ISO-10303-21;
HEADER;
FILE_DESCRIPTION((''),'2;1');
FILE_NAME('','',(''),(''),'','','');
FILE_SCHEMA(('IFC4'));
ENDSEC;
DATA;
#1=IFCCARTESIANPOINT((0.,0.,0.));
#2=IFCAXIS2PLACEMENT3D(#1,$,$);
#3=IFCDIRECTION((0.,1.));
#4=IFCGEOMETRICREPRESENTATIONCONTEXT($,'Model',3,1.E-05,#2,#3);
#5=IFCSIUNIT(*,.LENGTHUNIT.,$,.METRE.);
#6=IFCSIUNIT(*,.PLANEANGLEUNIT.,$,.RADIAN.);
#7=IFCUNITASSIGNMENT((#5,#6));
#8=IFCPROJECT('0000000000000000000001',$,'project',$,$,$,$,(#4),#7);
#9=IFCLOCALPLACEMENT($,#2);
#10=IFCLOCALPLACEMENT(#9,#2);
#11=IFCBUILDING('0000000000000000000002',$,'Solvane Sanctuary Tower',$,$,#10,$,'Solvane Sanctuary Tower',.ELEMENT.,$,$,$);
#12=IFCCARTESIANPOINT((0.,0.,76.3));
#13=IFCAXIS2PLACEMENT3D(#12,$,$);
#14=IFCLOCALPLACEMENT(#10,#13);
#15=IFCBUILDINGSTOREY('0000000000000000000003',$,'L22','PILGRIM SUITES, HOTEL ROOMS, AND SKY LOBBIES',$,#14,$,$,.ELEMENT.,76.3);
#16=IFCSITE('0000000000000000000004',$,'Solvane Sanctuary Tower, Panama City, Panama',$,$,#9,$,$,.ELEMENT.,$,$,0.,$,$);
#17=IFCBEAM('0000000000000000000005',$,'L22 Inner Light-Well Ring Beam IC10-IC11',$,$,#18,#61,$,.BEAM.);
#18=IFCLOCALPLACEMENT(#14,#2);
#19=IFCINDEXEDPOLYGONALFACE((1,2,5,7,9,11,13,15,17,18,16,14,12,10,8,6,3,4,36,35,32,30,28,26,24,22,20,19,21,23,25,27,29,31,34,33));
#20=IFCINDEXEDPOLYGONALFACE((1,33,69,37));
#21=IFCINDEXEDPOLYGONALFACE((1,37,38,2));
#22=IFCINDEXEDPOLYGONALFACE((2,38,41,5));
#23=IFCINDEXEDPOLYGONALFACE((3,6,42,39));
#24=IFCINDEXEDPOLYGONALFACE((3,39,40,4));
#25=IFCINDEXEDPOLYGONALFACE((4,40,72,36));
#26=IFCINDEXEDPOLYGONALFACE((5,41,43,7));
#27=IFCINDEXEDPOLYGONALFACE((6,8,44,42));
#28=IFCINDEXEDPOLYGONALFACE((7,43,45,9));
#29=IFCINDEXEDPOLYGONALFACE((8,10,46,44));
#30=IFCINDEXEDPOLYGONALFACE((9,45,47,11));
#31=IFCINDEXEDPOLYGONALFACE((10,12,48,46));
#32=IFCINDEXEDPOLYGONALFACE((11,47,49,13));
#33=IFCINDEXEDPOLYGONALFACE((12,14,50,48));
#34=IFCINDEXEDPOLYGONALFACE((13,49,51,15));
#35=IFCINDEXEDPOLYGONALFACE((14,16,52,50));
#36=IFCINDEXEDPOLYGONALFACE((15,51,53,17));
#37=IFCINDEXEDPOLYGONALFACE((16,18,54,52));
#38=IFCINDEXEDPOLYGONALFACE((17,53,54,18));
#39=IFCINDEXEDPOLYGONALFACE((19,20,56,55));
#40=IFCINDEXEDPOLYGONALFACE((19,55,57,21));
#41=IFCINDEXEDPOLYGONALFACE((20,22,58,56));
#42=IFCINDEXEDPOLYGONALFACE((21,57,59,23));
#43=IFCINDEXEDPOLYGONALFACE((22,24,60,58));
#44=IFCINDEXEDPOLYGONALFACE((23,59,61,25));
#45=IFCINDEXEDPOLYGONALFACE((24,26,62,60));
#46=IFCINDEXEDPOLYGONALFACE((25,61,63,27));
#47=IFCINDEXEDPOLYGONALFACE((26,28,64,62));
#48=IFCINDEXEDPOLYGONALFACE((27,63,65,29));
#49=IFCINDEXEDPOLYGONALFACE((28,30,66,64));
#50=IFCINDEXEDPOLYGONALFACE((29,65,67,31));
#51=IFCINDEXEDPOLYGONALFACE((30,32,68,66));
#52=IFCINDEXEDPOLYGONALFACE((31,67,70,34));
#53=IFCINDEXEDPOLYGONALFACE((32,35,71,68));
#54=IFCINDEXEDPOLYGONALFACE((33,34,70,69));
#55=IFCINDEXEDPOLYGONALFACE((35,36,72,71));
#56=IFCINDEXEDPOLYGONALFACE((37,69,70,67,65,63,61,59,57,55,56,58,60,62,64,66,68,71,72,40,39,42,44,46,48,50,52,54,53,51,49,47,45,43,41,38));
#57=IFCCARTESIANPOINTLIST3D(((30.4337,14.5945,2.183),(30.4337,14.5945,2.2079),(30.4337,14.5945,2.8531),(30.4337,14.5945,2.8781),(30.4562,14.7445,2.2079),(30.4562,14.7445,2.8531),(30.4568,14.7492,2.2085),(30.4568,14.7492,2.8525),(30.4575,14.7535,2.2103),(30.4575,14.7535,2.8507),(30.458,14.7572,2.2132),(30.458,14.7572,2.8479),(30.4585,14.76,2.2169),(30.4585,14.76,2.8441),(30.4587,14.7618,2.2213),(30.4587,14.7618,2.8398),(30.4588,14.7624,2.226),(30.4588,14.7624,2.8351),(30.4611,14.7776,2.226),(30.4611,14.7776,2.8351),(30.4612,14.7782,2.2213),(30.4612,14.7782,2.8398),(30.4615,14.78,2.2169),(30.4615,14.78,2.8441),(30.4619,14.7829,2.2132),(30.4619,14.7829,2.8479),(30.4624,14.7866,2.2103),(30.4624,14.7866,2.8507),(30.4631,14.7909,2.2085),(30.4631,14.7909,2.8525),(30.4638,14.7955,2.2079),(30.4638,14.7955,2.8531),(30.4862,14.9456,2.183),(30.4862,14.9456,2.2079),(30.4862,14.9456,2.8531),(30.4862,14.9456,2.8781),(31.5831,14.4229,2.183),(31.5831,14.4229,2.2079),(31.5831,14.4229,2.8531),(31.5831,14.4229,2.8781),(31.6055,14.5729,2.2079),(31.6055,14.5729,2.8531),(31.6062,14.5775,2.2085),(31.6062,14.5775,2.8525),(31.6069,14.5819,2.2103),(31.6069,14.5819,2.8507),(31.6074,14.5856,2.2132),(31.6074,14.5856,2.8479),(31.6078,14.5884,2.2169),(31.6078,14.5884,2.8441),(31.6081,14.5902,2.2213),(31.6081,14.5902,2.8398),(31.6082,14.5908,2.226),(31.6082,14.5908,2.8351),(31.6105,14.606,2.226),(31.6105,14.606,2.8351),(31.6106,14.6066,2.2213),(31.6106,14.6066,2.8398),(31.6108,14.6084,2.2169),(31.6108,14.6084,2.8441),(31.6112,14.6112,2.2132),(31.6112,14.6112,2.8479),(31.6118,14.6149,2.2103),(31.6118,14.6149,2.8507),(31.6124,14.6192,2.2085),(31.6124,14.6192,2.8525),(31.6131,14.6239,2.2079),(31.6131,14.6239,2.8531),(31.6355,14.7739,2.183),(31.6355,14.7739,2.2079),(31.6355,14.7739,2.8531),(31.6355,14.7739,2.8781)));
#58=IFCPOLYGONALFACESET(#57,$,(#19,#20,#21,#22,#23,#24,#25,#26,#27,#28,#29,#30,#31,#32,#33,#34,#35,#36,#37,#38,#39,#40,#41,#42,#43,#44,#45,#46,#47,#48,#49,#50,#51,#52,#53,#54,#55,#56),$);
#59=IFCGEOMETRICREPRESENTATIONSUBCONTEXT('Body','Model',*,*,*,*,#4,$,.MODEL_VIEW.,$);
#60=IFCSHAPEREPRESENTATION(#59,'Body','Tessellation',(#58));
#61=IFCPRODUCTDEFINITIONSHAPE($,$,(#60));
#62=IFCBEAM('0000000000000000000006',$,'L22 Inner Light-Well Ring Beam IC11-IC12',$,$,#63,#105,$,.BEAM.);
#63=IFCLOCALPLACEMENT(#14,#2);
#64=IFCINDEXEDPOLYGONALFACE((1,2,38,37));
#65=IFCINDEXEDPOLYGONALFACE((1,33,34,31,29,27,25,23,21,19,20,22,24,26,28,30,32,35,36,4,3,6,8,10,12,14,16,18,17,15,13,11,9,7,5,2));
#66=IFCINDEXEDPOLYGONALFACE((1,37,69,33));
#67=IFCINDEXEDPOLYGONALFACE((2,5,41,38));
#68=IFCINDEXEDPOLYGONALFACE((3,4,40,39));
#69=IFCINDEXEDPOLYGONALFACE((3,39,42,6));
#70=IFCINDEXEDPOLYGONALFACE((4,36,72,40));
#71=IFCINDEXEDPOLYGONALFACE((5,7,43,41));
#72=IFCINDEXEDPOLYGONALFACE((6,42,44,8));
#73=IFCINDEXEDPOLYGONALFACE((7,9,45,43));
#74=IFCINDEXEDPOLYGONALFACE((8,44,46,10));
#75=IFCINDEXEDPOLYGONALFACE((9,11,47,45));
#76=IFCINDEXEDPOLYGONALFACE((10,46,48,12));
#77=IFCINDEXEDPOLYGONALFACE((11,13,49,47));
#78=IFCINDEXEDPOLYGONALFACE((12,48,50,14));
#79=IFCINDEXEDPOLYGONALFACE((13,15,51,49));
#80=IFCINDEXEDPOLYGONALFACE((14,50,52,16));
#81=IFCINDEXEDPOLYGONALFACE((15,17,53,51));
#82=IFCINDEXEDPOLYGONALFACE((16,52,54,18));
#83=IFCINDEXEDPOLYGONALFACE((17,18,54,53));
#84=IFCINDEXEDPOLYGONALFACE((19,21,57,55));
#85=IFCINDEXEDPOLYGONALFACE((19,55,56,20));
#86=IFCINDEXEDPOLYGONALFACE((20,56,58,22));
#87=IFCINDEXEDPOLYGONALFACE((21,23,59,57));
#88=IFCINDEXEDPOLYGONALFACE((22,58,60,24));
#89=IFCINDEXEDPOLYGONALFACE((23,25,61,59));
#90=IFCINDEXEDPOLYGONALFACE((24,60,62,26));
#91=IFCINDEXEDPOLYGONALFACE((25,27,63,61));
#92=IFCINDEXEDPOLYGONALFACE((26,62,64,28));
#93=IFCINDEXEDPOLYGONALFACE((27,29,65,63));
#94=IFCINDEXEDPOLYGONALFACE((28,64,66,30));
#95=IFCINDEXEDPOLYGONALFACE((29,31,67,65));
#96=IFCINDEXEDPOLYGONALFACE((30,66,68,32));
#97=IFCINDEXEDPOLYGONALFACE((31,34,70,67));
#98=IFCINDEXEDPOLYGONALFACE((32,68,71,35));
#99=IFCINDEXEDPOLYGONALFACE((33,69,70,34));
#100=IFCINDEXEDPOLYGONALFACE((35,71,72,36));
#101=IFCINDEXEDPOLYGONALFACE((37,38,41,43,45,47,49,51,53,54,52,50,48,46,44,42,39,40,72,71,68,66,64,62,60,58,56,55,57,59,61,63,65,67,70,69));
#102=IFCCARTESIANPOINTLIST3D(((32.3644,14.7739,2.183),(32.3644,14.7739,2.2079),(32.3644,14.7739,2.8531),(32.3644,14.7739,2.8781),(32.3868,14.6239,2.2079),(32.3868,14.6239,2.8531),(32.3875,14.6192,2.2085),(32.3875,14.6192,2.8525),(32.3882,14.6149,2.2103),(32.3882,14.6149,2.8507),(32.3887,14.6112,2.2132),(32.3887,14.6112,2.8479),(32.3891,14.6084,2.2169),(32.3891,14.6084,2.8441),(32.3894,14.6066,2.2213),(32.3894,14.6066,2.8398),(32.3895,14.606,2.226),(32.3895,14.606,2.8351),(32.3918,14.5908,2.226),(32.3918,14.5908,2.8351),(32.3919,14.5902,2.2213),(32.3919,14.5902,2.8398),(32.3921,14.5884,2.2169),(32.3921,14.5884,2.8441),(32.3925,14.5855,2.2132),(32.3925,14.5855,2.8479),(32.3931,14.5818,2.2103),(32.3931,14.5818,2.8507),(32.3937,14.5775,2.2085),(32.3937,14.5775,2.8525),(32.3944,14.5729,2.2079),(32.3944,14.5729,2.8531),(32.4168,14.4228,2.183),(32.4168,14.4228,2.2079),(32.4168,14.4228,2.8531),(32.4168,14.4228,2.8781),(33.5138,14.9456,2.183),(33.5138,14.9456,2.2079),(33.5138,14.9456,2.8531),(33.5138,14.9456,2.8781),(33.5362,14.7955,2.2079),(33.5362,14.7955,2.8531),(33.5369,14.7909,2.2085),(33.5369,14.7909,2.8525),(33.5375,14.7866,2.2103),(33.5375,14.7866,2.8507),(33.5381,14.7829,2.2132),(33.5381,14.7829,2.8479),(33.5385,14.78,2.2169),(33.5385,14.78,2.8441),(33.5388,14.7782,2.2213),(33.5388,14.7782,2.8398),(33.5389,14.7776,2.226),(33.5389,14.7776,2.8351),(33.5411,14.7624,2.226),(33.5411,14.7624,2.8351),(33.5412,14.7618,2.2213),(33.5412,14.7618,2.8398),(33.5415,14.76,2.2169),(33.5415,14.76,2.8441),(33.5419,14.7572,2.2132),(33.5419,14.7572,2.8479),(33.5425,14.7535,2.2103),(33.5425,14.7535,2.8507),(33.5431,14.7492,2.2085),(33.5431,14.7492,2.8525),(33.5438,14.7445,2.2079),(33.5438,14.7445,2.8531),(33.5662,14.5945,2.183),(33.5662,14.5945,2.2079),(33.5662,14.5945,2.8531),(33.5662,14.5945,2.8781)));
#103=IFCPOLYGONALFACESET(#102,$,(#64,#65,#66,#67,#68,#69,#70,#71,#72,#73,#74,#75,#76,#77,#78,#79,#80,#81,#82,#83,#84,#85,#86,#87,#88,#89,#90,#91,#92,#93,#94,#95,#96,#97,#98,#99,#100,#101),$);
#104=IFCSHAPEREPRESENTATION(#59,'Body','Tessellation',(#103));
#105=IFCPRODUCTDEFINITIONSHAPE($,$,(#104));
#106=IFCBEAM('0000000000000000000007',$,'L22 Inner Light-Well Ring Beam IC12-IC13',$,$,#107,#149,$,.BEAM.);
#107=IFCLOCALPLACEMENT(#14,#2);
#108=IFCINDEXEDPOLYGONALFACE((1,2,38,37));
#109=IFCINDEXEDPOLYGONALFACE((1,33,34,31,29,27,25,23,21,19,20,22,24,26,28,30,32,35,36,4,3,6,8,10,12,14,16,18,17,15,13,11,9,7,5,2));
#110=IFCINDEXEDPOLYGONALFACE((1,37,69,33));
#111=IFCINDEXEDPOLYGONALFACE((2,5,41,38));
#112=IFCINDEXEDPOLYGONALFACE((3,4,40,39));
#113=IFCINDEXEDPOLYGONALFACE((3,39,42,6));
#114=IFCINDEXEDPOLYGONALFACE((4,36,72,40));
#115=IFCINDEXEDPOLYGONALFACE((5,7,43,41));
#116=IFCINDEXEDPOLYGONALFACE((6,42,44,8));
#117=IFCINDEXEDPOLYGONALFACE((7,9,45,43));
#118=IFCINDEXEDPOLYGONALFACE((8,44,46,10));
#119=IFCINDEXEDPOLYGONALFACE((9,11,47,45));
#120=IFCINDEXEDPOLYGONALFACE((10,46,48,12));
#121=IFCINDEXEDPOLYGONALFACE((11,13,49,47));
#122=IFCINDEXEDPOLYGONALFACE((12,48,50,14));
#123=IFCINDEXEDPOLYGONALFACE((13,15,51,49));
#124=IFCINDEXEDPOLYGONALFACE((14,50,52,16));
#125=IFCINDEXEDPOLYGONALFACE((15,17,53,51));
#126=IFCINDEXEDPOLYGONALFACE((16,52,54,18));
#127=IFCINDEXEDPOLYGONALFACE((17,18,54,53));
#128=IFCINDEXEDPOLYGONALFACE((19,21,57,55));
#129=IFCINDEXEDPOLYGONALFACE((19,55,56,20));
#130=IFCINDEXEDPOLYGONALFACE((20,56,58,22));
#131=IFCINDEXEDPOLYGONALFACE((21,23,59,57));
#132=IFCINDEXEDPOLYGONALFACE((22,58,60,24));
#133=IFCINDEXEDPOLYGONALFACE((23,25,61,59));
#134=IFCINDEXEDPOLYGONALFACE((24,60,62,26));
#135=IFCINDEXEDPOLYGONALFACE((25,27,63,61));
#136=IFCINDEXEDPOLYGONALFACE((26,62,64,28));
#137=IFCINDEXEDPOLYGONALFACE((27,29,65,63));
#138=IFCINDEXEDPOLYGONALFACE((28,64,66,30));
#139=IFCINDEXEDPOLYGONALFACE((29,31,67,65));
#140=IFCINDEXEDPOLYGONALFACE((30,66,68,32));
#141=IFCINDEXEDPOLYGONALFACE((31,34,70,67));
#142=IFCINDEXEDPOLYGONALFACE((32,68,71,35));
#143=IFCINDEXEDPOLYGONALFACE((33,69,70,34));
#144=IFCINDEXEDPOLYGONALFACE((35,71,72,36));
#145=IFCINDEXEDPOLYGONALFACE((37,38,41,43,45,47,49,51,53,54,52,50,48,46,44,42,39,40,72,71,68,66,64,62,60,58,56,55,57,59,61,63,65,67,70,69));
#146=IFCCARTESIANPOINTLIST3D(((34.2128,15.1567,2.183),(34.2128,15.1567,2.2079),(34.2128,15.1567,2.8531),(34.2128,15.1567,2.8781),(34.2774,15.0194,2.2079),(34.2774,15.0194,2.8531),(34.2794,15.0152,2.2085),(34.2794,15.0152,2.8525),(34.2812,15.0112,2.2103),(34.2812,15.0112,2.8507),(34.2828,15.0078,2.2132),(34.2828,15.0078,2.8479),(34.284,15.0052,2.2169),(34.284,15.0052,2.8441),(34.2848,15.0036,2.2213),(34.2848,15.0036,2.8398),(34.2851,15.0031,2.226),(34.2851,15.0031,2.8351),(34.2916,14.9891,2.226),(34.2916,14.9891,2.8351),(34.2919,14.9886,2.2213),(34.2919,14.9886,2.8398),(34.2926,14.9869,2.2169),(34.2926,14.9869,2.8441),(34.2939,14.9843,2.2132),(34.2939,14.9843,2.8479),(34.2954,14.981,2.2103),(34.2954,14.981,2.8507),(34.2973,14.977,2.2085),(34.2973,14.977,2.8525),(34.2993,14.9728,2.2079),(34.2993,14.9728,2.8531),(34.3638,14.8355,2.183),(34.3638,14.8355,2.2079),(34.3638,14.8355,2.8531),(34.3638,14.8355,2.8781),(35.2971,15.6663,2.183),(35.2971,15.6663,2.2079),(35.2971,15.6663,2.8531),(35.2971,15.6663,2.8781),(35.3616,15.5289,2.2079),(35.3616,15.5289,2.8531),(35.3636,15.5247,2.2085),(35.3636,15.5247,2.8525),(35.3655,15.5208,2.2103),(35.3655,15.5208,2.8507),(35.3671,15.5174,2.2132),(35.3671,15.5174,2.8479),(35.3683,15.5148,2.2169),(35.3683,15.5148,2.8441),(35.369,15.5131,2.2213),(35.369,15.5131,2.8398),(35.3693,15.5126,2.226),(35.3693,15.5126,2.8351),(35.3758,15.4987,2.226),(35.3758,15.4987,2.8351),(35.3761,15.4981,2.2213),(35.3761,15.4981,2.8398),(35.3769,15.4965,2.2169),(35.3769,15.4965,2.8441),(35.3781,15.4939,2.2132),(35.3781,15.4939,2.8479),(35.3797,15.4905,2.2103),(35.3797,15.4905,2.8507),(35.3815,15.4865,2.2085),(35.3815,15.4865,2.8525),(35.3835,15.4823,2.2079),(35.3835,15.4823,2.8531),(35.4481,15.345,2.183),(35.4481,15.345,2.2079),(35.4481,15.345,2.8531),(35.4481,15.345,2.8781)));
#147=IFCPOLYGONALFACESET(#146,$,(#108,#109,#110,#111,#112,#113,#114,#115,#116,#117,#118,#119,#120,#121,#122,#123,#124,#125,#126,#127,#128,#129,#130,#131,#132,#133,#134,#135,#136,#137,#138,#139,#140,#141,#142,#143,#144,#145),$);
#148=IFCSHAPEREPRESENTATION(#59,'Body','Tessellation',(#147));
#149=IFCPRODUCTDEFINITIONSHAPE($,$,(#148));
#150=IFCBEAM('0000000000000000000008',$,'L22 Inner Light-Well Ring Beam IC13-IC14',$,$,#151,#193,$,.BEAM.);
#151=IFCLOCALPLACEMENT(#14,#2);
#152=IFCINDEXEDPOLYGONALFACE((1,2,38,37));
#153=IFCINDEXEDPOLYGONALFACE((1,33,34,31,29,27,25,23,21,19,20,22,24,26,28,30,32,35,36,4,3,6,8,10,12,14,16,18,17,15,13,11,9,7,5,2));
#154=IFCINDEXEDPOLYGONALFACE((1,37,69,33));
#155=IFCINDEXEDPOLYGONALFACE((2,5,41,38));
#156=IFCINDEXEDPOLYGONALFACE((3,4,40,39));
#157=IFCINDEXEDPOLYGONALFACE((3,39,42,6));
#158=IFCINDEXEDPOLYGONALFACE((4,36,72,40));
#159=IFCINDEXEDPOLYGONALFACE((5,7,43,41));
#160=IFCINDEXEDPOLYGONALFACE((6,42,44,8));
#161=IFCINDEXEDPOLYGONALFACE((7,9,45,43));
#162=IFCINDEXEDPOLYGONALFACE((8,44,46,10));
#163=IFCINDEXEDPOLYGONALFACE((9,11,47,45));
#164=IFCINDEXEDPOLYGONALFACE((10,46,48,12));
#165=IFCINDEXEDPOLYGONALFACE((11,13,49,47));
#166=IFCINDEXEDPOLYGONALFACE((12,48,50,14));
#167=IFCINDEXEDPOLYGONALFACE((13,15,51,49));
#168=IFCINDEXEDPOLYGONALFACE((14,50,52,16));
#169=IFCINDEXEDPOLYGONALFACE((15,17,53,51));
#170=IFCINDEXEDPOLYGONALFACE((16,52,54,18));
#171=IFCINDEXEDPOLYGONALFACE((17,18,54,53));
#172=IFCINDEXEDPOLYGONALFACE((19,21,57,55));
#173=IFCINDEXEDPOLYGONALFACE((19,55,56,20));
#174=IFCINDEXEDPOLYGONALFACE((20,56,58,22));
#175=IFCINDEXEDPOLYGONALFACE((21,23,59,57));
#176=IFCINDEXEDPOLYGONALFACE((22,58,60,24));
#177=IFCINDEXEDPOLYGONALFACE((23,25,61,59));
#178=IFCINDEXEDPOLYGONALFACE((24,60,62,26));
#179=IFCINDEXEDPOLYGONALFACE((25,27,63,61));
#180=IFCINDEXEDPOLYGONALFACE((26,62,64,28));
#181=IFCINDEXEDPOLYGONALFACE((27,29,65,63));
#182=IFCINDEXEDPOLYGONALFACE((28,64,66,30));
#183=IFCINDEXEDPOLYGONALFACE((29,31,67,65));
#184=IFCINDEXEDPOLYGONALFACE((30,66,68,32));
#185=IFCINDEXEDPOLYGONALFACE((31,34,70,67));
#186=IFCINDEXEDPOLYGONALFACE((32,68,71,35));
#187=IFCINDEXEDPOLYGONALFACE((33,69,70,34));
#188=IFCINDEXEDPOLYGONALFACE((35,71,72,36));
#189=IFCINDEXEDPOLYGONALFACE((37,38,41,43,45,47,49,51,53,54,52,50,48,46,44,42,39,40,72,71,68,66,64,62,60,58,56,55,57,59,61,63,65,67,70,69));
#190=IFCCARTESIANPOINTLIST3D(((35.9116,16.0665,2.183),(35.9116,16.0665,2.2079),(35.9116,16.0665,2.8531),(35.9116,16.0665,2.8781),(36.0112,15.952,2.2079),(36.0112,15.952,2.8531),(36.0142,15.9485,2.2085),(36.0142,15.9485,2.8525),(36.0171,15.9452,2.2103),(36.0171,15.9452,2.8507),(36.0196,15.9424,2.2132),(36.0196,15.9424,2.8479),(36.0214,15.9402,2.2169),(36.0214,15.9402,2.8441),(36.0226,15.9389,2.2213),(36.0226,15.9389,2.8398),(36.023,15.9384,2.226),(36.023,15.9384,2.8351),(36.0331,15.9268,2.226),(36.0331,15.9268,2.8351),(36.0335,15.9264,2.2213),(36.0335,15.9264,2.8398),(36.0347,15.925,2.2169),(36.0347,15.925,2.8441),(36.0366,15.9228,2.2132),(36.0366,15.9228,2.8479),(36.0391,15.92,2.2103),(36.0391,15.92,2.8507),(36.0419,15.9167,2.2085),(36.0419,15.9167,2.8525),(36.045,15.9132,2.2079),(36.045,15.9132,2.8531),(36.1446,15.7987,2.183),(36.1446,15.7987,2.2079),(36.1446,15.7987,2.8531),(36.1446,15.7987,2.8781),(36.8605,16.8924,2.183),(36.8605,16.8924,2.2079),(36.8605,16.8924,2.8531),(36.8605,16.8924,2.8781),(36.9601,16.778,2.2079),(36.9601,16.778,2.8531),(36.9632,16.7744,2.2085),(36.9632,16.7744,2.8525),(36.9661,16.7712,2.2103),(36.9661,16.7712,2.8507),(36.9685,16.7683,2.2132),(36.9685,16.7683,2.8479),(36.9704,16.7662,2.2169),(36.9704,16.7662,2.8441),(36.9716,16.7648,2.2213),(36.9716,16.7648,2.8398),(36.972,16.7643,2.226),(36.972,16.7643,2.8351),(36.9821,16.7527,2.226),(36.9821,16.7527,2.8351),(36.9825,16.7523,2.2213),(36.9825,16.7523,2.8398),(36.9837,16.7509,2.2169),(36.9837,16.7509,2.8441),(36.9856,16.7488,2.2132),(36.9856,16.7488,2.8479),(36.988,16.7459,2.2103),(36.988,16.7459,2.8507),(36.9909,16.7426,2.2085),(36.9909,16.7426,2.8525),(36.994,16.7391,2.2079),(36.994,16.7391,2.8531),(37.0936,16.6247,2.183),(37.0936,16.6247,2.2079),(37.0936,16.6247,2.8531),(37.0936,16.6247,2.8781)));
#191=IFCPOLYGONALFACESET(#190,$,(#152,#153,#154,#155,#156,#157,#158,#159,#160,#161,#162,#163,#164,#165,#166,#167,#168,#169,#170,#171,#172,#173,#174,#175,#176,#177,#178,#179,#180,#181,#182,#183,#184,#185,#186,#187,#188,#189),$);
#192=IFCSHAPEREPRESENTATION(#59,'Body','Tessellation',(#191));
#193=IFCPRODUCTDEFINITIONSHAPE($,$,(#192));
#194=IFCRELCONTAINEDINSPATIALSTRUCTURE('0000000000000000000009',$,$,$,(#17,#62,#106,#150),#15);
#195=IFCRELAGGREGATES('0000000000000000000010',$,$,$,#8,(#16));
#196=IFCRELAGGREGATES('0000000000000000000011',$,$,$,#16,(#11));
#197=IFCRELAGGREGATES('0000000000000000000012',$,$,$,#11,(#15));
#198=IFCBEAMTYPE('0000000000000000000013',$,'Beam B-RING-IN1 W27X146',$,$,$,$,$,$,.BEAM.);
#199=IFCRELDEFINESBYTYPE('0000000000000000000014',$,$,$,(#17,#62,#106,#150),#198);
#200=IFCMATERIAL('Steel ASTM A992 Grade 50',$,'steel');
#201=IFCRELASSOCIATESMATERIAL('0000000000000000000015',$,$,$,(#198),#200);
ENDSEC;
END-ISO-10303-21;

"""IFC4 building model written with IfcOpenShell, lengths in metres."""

from ifc_helpers import new_model, si_unit, direction, frame, origin, origin_2d, place, context, subcontext, project, spatial, i_section, extrude, material, material_profile, profile_set, type_object, element, save


model = new_model("IFC4")

# Units and contexts
model_context = context("Model", 3, precision=1e-05, world=origin(), true_north=direction((0.0, 1.0)))
body_context = subcontext(model_context, "Body", "Model", "MODEL_VIEW")
ifc_project = project(units=[si_unit("LENGTHUNIT", "METRE"), si_unit("PLANEANGLEUNIT", "RADIAN")], contexts=[model_context])

# Site, building, storey
site_placement = place(None, origin())
site = spatial("IfcSite", under=ifc_project, at=site_placement, Name="Solvane Sanctuary Tower, Panama City, Panama", CompositionType="ELEMENT", RefElevation=0.0)
building_placement = place(site_placement, origin())
building = spatial("IfcBuilding", under=site, at=building_placement, Name="Solvane Sanctuary Tower", LongName="Solvane Sanctuary Tower", CompositionType="ELEMENT")
storey_placement = place(building_placement, frame((0.0, 0.0, 76.3)))
storey = spatial("IfcBuildingStorey", under=building, at=storey_placement, Name="L22", Description="PILGRIM SUITES, HOTEL ROOMS, AND SKY LOBBIES", CompositionType="ELEMENT", Elevation=76.3)

# Beams
ifc_material_1 = material(Name="Steel ASTM A992 Grade 50", Category="steel")
ifc_material_profile_1 = material_profile(ifc_material_1, i_section(OverallWidth=0.355, OverallDepth=0.6951, WebThickness=0.0154, FlangeThickness=0.0249, FilletRadius=0.0181, at=origin_2d()), Name="W27X146")
ifc_profile_set_1 = profile_set([ifc_material_profile_1], Name="Steel ASTM A992 Grade 50")
beam_type_1 = type_object("IfcBeamType", Name="Beam B-RING-IN1 W27X146", PredefinedType="BEAM", material=ifc_profile_set_1)
for number, where, z_axis, x_axis, name in (
    (1, (30.46, 14.77, 2.5305), (0.989035, -0.147683, 0.0), (0.147683, 0.989035, 0.0), "L22 Inner Light-Well Ring Beam IC10-IC11"),
    (2, (32.3906, 14.5984, 2.5305), (0.989035, 0.147683, 0.0), (-0.147683, 0.989035, 0.0), "L22 Inner Light-Well Ring Beam IC11-IC12"),
):
    element("IfcBeam", number, at=place(storey_placement, frame(where, z_axis=z_axis, x_axis=x_axis)), inside=storey, type_object=beam_type_1, Name=name, PredefinedType="BEAM", context=body_context, shape_type="SweptSolid", body=[
        extrude(i_section(OverallWidth=0.355, OverallDepth=0.6951, WebThickness=0.0154, FlangeThickness=0.0249, FilletRadius=0.0181, at=origin_2d()), origin(), (0.0, 0.0, 1.0), 1.1621),
    ])
beam_1_placement = place(storey_placement, frame((34.2883, 14.9961, 2.5305), z_axis=(0.905045, 0.425316, 0.0), x_axis=(-0.425316, 0.905045, 0.0)))
element("IfcBeam", 3, at=beam_1_placement, inside=storey, type_object=beam_type_1, Name="L22 Inner Light-Well Ring Beam IC12-IC13", PredefinedType="BEAM", context=body_context, shape_type="SweptSolid", body=[
    extrude(i_section(OverallWidth=0.355, OverallDepth=0.6951, WebThickness=0.0154, FlangeThickness=0.0249, FilletRadius=0.0181, at=origin_2d()), origin(), (0.0, 0.0, 1.0), 1.198),
])
beam_2_placement = place(storey_placement, frame((36.0281, 15.9326, 2.5305), z_axis=(0.754317, 0.65651, 0.0), x_axis=(-0.65651, 0.754317, 0.0)))
element("IfcBeam", 4, at=beam_2_placement, inside=storey, type_object=beam_type_1, Name="L22 Inner Light-Well Ring Beam IC13-IC14", PredefinedType="BEAM", context=body_context, shape_type="SweptSolid", body=[
    extrude(i_section(OverallWidth=0.355, OverallDepth=0.6951, WebThickness=0.0154, FlangeThickness=0.0249, FilletRadius=0.0181, at=origin_2d()), origin(), (0.0, 0.0, 1.0), 1.2581),
])

save(model, "model.ifc")
